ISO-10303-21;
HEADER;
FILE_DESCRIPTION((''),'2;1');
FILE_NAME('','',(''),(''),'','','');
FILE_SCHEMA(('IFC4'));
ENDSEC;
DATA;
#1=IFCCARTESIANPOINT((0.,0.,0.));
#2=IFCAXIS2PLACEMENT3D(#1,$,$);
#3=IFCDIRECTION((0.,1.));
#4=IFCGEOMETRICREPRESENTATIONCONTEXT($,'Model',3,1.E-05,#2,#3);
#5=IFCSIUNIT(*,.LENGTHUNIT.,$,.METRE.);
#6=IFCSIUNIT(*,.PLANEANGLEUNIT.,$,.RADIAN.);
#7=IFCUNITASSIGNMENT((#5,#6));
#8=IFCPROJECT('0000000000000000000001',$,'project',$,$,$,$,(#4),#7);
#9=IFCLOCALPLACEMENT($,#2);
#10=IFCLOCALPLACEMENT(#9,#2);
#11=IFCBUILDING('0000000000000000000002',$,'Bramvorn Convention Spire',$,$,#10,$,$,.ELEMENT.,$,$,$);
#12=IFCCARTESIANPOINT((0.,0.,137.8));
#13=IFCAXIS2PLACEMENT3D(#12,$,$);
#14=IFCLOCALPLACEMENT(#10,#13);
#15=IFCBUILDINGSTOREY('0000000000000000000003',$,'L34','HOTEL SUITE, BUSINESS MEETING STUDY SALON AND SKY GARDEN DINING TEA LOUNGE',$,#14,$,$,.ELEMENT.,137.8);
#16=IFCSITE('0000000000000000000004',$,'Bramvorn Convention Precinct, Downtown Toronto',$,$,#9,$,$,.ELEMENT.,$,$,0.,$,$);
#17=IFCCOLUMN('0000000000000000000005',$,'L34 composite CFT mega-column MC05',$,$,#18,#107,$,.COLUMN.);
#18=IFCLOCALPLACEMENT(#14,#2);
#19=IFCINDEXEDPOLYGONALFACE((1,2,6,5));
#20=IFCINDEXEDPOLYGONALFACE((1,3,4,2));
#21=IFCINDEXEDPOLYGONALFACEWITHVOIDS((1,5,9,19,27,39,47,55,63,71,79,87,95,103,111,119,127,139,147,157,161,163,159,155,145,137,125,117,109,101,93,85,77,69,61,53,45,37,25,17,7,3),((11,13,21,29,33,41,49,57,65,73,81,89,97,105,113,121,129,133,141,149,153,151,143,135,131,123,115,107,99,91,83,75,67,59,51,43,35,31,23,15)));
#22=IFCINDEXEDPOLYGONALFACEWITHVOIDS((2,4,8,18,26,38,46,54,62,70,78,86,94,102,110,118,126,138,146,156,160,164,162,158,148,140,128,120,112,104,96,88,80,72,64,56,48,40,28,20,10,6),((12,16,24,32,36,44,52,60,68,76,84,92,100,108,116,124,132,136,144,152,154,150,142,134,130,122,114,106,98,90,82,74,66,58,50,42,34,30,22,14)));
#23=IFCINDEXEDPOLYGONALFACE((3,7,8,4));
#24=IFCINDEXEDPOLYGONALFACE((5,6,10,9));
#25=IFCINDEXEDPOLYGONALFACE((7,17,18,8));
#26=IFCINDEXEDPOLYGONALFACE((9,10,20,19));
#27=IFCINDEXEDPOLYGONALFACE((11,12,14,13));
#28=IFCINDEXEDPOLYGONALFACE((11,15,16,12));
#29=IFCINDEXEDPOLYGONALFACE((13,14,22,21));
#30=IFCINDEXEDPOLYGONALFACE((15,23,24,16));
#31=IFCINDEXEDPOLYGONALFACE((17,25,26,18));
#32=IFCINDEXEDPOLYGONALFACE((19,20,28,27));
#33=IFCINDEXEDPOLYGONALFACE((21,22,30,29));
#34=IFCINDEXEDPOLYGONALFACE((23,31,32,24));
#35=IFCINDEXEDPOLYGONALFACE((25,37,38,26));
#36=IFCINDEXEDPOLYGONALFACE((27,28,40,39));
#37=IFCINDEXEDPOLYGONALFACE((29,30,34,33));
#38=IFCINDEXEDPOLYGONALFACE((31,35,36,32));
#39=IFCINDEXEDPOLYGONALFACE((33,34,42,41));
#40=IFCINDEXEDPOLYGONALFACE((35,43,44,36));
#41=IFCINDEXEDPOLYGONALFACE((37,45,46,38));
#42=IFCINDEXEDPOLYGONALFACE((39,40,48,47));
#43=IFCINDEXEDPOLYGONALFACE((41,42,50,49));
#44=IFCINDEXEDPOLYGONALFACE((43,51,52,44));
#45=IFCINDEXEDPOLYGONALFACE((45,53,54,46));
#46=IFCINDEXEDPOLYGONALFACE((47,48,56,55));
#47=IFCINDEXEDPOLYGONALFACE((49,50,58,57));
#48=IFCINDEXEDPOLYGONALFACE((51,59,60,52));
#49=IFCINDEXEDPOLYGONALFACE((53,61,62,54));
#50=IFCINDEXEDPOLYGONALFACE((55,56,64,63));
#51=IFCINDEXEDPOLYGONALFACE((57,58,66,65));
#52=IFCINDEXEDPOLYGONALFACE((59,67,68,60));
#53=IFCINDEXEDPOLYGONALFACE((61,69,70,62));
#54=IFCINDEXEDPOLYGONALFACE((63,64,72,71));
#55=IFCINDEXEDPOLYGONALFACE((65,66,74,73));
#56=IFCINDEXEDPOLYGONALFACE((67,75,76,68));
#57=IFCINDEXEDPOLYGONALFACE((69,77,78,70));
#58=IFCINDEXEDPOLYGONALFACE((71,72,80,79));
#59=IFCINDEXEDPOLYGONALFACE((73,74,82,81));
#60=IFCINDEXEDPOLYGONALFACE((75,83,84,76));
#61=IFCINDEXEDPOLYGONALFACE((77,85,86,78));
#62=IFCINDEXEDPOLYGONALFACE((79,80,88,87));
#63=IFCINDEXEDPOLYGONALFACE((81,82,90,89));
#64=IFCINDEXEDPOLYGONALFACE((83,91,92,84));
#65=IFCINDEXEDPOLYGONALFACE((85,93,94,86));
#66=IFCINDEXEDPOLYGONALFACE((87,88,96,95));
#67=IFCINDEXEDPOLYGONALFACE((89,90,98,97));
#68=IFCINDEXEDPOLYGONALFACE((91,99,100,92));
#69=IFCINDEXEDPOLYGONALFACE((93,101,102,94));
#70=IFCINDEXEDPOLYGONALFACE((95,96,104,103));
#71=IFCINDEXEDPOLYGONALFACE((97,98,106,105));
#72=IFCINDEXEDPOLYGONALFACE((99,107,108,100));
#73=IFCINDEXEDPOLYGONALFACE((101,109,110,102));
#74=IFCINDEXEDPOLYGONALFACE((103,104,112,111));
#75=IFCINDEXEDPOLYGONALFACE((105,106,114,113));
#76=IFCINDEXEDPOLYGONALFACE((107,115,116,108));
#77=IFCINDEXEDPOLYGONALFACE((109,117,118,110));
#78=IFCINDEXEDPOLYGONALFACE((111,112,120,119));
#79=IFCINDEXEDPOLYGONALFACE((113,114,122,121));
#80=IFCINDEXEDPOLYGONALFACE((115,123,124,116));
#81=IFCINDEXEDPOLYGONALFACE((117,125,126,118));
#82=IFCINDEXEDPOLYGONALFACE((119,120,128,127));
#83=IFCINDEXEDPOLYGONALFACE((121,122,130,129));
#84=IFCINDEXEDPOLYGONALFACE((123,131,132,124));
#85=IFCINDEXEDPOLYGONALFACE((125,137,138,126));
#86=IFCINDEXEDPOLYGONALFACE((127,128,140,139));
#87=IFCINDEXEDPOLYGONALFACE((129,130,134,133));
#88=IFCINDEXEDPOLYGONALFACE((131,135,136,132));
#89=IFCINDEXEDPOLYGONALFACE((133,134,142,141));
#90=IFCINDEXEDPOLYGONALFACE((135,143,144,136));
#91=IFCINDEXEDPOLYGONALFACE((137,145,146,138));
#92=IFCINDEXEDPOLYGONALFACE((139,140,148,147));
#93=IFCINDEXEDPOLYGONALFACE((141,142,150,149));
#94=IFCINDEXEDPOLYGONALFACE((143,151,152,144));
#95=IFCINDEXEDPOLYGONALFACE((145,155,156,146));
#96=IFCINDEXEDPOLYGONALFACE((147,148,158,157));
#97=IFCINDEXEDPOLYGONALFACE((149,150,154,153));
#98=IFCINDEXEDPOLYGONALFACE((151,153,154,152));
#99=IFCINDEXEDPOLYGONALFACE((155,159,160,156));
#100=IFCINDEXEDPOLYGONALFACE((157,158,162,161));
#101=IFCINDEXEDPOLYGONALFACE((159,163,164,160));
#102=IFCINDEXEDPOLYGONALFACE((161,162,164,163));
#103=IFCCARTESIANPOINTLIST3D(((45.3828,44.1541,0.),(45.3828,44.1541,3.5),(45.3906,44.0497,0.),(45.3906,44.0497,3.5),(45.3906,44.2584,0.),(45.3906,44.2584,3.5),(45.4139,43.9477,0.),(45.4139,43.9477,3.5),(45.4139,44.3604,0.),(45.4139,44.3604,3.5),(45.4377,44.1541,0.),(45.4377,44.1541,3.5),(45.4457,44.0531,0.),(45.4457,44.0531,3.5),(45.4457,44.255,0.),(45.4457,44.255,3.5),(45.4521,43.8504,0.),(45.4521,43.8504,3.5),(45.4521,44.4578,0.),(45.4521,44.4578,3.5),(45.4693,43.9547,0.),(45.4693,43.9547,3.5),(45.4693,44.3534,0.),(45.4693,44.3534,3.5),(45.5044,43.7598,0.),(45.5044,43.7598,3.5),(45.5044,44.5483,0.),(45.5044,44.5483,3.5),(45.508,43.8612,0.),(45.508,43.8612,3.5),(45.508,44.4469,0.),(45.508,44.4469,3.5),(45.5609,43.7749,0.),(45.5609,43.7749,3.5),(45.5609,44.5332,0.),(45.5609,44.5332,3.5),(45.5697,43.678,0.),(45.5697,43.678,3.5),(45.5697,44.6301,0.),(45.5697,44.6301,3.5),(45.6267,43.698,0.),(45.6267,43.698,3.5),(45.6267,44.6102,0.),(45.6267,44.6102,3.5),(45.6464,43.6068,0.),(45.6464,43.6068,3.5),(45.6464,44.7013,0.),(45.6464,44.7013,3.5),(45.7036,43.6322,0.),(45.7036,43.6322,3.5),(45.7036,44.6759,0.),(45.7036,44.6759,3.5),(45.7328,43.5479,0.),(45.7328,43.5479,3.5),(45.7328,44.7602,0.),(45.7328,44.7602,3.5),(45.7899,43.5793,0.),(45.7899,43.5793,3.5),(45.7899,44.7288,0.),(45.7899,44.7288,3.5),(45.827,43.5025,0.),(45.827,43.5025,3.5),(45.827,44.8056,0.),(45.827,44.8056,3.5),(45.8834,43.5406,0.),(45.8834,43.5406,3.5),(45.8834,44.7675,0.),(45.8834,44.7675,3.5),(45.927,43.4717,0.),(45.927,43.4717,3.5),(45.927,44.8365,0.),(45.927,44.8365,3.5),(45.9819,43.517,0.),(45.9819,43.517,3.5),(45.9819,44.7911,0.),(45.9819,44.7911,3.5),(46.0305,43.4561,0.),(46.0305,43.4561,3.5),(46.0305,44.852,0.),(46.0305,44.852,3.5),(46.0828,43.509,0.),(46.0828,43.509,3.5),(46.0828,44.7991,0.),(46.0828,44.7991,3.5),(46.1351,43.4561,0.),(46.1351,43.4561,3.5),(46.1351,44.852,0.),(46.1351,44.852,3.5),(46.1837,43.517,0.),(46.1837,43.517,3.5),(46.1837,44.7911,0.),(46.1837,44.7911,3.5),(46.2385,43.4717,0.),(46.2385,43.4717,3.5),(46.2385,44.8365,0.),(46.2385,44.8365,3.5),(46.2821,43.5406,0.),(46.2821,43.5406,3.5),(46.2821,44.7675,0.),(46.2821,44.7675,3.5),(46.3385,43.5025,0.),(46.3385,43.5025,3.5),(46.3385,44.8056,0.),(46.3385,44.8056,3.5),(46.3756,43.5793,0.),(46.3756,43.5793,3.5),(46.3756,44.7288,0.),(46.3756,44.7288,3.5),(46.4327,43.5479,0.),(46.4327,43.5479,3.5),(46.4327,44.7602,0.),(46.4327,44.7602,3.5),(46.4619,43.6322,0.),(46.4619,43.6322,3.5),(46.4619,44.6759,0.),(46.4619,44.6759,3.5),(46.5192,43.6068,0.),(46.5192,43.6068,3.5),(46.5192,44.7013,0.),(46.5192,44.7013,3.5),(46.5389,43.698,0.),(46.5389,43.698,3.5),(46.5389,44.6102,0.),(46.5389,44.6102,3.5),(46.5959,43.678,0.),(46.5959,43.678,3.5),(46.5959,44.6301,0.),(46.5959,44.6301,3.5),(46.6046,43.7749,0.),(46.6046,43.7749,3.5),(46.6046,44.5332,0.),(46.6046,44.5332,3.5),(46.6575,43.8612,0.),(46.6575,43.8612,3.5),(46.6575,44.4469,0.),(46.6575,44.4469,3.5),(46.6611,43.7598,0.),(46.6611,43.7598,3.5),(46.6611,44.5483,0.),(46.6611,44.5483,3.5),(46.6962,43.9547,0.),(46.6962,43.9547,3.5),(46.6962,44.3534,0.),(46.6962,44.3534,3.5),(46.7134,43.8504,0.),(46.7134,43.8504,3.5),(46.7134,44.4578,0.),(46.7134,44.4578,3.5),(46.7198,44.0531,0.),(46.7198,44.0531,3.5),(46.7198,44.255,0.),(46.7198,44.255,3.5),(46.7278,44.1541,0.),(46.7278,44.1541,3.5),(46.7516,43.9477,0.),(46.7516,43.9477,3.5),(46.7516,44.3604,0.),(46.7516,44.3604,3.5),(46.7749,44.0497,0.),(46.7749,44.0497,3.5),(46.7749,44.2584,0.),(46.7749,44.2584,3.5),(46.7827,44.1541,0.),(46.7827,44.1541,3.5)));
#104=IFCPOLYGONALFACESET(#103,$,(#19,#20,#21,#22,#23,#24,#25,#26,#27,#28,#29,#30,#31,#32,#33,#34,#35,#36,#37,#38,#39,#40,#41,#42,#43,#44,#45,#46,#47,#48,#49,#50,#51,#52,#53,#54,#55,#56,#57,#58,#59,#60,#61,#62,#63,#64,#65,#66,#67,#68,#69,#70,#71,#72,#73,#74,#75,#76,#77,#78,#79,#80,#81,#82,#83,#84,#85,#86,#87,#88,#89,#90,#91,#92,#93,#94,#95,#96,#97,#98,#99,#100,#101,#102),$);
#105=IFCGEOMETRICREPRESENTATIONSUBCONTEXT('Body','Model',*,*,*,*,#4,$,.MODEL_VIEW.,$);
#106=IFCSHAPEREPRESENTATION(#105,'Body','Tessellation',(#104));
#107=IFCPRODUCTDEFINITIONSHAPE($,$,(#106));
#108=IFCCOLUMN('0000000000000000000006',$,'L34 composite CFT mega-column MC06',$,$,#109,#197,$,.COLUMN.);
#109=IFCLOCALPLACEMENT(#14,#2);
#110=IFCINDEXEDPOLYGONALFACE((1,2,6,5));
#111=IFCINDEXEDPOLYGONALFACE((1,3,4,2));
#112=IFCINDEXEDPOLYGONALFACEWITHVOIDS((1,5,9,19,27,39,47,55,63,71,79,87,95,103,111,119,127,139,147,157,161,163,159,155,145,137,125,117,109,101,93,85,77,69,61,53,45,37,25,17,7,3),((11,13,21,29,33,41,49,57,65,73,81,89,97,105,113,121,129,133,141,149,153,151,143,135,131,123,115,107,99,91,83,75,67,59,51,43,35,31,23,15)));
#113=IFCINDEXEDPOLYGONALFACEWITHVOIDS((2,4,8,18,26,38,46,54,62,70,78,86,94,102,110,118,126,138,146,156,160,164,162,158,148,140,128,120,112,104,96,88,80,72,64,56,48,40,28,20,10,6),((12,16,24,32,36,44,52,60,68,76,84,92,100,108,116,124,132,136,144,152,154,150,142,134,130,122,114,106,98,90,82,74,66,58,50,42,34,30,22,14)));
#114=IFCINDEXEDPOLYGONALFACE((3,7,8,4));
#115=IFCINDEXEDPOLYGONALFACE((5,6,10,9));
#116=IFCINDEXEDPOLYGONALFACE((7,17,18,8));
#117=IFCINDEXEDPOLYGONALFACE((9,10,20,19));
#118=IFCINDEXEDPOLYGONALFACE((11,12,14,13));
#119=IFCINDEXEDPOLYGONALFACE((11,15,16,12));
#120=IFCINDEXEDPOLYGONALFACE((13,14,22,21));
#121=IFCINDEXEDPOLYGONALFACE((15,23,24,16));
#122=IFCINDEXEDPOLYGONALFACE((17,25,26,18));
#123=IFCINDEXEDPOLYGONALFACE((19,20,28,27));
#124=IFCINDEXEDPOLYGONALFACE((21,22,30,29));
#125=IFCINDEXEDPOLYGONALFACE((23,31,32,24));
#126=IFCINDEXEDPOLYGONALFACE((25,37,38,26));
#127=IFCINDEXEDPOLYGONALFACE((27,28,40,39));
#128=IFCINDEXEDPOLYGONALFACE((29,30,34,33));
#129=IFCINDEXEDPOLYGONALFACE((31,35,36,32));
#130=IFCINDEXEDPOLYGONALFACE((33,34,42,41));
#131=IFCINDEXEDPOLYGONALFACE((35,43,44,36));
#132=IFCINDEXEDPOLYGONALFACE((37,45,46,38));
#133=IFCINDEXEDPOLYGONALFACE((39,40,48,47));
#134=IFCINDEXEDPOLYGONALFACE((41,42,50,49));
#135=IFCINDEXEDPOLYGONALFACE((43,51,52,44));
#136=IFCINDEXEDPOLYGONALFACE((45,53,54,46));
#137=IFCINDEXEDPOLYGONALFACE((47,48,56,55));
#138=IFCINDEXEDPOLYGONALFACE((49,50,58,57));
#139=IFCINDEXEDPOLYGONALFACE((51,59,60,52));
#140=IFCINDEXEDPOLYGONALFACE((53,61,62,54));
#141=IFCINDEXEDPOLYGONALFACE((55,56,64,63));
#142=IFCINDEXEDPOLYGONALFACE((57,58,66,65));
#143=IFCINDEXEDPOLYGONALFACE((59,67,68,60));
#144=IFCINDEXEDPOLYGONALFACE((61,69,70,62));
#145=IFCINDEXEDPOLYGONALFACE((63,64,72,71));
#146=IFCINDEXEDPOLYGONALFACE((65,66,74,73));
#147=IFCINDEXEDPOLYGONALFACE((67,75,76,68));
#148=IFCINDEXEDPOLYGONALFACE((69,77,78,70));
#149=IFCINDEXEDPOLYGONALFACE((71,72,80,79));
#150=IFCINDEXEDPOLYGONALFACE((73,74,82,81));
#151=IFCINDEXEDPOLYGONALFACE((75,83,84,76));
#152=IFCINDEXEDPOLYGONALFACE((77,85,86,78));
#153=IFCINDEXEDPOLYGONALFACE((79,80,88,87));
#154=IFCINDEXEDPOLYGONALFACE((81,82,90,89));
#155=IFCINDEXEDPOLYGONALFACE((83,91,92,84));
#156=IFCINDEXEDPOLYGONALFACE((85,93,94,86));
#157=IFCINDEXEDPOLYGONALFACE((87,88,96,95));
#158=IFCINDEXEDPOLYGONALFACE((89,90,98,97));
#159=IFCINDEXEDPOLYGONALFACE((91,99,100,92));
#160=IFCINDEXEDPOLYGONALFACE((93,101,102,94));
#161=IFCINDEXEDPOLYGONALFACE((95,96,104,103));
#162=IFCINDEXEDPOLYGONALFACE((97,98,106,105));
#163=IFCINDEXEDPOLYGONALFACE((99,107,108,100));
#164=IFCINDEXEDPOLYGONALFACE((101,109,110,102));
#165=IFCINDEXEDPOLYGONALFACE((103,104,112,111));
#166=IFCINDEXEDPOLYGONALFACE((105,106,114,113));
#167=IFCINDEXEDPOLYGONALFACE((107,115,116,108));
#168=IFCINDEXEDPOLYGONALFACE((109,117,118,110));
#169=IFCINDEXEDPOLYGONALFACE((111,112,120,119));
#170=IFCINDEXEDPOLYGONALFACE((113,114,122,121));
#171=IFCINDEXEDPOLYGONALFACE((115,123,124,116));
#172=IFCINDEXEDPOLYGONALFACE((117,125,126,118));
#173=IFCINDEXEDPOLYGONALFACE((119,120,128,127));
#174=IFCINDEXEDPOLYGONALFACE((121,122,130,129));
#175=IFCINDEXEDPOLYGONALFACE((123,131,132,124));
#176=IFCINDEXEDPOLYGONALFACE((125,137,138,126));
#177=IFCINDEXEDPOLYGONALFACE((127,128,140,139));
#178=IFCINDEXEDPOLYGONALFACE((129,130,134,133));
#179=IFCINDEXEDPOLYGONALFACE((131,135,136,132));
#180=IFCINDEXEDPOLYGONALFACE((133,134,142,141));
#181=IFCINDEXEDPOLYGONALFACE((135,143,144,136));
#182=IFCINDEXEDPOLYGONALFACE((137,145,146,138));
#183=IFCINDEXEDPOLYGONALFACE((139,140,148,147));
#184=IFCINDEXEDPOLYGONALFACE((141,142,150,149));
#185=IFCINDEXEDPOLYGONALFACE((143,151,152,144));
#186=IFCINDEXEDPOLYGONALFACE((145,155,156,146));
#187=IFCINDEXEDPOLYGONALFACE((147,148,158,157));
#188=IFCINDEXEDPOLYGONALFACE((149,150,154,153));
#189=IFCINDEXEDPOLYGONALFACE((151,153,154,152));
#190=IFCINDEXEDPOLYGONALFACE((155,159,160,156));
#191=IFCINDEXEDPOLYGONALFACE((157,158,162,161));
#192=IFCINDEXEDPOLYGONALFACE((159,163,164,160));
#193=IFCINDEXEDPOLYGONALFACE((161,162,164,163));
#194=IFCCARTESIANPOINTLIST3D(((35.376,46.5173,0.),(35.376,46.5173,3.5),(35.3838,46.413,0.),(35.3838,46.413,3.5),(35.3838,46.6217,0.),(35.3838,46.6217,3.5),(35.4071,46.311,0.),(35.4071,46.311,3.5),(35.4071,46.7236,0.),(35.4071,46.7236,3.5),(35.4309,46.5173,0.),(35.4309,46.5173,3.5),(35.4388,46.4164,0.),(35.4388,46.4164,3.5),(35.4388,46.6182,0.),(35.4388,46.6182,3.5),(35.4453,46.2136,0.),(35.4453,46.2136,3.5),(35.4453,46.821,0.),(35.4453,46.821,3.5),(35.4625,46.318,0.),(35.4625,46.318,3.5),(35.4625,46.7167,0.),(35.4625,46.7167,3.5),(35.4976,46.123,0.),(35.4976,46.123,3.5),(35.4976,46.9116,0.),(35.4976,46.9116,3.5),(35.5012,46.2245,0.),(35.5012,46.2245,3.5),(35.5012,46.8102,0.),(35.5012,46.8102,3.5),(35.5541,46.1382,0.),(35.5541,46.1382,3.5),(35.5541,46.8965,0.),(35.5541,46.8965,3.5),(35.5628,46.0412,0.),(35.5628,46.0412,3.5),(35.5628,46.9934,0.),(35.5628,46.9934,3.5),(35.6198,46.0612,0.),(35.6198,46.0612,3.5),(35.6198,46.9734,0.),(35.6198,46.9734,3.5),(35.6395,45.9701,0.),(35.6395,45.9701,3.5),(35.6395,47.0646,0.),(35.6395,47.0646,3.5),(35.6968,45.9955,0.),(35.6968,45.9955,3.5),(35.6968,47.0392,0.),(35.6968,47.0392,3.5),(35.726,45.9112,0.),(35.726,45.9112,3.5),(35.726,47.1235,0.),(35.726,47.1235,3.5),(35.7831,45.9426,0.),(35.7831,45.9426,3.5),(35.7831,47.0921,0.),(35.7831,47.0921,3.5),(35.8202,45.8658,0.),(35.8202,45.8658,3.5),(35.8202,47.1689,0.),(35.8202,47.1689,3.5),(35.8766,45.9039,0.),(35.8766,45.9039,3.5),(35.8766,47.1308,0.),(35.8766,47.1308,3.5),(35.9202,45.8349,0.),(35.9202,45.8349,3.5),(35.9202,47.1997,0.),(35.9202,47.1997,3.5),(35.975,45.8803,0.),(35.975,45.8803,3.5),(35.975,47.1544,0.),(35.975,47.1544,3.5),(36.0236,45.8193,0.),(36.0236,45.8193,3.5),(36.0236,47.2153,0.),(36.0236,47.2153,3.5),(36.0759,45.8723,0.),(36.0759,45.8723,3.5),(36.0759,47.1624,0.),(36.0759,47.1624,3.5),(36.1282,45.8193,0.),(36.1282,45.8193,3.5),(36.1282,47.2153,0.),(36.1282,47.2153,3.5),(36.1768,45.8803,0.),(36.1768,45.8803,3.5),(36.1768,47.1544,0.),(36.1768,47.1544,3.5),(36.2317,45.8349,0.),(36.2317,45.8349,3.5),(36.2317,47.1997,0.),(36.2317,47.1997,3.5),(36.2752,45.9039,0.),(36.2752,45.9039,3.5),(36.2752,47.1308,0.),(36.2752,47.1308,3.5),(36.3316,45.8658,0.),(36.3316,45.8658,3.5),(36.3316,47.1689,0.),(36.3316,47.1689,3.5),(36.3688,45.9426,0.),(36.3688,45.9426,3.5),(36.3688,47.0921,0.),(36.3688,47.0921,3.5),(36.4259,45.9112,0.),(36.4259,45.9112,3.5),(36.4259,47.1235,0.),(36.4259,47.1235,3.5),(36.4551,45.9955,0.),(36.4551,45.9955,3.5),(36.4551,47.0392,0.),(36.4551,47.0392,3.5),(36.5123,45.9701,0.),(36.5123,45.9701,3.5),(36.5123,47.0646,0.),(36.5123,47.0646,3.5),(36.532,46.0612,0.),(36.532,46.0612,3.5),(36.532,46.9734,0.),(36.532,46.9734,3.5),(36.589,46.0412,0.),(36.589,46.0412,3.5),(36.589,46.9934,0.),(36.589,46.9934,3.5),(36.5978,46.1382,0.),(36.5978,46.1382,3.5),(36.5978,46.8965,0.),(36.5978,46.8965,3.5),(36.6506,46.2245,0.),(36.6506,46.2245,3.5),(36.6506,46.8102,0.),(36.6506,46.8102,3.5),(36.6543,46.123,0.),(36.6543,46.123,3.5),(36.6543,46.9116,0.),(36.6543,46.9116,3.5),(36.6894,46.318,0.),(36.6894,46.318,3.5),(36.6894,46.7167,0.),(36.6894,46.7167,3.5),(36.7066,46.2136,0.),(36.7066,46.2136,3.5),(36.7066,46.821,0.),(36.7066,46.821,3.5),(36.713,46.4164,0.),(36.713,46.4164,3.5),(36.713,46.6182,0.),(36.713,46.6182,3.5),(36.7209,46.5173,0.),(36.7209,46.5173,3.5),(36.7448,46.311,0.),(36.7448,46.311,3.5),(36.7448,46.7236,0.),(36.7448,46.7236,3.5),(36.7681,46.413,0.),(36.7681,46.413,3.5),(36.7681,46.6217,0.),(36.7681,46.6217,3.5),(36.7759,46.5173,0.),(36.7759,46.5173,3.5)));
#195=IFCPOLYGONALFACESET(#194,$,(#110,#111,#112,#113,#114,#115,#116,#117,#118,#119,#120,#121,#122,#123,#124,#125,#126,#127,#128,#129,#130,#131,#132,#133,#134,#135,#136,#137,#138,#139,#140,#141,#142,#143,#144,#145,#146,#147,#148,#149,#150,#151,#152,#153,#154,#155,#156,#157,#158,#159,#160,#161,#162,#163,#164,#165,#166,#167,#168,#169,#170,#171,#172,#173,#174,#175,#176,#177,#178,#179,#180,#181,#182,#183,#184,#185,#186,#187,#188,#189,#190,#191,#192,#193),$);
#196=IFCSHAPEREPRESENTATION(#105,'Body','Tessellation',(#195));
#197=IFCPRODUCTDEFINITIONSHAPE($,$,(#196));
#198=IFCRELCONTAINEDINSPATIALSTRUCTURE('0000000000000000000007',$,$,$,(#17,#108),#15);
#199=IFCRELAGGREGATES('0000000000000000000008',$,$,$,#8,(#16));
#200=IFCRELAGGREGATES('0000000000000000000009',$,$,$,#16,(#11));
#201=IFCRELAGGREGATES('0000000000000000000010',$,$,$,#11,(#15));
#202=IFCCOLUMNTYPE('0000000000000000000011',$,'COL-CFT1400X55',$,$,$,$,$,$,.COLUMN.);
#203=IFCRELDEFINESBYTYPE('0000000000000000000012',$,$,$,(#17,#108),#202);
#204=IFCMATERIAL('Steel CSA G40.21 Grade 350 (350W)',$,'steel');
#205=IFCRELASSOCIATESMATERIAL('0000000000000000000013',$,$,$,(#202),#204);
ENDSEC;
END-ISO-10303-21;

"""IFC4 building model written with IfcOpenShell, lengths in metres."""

from ifc_helpers import new_model, si_unit, direction, frame, origin, origin_2d, place, context, subcontext, project, spatial, hollow_circle, extrude, material, material_profile, profile_set, type_object, element, save


model = new_model("IFC4")

# Units and contexts
model_context = context("Model", 3, precision=1e-05, world=origin(), true_north=direction((0.0, 1.0)))
body_context = subcontext(model_context, "Body", "Model", "MODEL_VIEW")
ifc_project = project(units=[si_unit("LENGTHUNIT", "METRE"), si_unit("PLANEANGLEUNIT", "RADIAN")], contexts=[model_context])

# Site, building, storey
site_placement = place(None, origin())
site = spatial("IfcSite", under=ifc_project, at=site_placement, Name="Bramvorn Convention Precinct, Downtown Toronto", CompositionType="ELEMENT", RefElevation=0.0)
building_placement = place(site_placement, origin())
building = spatial("IfcBuilding", under=site, at=building_placement, Name="Bramvorn Convention Spire", CompositionType="ELEMENT")
storey_placement = place(building_placement, frame((0.0, 0.0, 137.8)))
storey = spatial("IfcBuildingStorey", under=building, at=storey_placement, Name="L34", Description="HOTEL SUITE, BUSINESS MEETING STUDY SALON AND SKY GARDEN DINING TEA LOUNGE", CompositionType="ELEMENT", Elevation=137.8)

# Columns
ifc_material_1 = material(Name="Steel CSA G40.21 Grade 350 (350W)", Category="steel")
ifc_material_profile_1 = material_profile(ifc_material_1, hollow_circle(Radius=0.7, WallThickness=0.0549, at=origin_2d()))
ifc_profile_set_1 = profile_set([ifc_material_profile_1], Name="Steel CSA G40.21 Grade 350 (350W) - CFT1400X55")
column_type = type_object("IfcColumnType", Name="COL-CFT1400X55", PredefinedType="COLUMN", material=ifc_profile_set_1)
for number, where, z_axis, x_axis, name in (
    (1, (46.0828, 44.1541, 0.0), (0.0, 0.0, 1.0), (1.0, 0.0, 0.0), "L34 composite CFT mega-column MC05"),
    (2, (36.0759, 46.5173, 0.0), (0.0, 0.0, 1.0), (1.0, 0.0, 0.0), "L34 composite CFT mega-column MC06"),
):
    element("IfcColumn", number, at=place(storey_placement, frame(where, z_axis=z_axis, x_axis=x_axis)), inside=storey, type_object=column_type, Name=name, PredefinedType="COLUMN", context=body_context, shape_type="SweptSolid", body=[
        extrude(hollow_circle(Radius=0.7, WallThickness=0.0549, at=origin_2d()), origin(), (0.0, 0.0, 1.0), 3.5),
    ])

save(model, "model.ifc")
